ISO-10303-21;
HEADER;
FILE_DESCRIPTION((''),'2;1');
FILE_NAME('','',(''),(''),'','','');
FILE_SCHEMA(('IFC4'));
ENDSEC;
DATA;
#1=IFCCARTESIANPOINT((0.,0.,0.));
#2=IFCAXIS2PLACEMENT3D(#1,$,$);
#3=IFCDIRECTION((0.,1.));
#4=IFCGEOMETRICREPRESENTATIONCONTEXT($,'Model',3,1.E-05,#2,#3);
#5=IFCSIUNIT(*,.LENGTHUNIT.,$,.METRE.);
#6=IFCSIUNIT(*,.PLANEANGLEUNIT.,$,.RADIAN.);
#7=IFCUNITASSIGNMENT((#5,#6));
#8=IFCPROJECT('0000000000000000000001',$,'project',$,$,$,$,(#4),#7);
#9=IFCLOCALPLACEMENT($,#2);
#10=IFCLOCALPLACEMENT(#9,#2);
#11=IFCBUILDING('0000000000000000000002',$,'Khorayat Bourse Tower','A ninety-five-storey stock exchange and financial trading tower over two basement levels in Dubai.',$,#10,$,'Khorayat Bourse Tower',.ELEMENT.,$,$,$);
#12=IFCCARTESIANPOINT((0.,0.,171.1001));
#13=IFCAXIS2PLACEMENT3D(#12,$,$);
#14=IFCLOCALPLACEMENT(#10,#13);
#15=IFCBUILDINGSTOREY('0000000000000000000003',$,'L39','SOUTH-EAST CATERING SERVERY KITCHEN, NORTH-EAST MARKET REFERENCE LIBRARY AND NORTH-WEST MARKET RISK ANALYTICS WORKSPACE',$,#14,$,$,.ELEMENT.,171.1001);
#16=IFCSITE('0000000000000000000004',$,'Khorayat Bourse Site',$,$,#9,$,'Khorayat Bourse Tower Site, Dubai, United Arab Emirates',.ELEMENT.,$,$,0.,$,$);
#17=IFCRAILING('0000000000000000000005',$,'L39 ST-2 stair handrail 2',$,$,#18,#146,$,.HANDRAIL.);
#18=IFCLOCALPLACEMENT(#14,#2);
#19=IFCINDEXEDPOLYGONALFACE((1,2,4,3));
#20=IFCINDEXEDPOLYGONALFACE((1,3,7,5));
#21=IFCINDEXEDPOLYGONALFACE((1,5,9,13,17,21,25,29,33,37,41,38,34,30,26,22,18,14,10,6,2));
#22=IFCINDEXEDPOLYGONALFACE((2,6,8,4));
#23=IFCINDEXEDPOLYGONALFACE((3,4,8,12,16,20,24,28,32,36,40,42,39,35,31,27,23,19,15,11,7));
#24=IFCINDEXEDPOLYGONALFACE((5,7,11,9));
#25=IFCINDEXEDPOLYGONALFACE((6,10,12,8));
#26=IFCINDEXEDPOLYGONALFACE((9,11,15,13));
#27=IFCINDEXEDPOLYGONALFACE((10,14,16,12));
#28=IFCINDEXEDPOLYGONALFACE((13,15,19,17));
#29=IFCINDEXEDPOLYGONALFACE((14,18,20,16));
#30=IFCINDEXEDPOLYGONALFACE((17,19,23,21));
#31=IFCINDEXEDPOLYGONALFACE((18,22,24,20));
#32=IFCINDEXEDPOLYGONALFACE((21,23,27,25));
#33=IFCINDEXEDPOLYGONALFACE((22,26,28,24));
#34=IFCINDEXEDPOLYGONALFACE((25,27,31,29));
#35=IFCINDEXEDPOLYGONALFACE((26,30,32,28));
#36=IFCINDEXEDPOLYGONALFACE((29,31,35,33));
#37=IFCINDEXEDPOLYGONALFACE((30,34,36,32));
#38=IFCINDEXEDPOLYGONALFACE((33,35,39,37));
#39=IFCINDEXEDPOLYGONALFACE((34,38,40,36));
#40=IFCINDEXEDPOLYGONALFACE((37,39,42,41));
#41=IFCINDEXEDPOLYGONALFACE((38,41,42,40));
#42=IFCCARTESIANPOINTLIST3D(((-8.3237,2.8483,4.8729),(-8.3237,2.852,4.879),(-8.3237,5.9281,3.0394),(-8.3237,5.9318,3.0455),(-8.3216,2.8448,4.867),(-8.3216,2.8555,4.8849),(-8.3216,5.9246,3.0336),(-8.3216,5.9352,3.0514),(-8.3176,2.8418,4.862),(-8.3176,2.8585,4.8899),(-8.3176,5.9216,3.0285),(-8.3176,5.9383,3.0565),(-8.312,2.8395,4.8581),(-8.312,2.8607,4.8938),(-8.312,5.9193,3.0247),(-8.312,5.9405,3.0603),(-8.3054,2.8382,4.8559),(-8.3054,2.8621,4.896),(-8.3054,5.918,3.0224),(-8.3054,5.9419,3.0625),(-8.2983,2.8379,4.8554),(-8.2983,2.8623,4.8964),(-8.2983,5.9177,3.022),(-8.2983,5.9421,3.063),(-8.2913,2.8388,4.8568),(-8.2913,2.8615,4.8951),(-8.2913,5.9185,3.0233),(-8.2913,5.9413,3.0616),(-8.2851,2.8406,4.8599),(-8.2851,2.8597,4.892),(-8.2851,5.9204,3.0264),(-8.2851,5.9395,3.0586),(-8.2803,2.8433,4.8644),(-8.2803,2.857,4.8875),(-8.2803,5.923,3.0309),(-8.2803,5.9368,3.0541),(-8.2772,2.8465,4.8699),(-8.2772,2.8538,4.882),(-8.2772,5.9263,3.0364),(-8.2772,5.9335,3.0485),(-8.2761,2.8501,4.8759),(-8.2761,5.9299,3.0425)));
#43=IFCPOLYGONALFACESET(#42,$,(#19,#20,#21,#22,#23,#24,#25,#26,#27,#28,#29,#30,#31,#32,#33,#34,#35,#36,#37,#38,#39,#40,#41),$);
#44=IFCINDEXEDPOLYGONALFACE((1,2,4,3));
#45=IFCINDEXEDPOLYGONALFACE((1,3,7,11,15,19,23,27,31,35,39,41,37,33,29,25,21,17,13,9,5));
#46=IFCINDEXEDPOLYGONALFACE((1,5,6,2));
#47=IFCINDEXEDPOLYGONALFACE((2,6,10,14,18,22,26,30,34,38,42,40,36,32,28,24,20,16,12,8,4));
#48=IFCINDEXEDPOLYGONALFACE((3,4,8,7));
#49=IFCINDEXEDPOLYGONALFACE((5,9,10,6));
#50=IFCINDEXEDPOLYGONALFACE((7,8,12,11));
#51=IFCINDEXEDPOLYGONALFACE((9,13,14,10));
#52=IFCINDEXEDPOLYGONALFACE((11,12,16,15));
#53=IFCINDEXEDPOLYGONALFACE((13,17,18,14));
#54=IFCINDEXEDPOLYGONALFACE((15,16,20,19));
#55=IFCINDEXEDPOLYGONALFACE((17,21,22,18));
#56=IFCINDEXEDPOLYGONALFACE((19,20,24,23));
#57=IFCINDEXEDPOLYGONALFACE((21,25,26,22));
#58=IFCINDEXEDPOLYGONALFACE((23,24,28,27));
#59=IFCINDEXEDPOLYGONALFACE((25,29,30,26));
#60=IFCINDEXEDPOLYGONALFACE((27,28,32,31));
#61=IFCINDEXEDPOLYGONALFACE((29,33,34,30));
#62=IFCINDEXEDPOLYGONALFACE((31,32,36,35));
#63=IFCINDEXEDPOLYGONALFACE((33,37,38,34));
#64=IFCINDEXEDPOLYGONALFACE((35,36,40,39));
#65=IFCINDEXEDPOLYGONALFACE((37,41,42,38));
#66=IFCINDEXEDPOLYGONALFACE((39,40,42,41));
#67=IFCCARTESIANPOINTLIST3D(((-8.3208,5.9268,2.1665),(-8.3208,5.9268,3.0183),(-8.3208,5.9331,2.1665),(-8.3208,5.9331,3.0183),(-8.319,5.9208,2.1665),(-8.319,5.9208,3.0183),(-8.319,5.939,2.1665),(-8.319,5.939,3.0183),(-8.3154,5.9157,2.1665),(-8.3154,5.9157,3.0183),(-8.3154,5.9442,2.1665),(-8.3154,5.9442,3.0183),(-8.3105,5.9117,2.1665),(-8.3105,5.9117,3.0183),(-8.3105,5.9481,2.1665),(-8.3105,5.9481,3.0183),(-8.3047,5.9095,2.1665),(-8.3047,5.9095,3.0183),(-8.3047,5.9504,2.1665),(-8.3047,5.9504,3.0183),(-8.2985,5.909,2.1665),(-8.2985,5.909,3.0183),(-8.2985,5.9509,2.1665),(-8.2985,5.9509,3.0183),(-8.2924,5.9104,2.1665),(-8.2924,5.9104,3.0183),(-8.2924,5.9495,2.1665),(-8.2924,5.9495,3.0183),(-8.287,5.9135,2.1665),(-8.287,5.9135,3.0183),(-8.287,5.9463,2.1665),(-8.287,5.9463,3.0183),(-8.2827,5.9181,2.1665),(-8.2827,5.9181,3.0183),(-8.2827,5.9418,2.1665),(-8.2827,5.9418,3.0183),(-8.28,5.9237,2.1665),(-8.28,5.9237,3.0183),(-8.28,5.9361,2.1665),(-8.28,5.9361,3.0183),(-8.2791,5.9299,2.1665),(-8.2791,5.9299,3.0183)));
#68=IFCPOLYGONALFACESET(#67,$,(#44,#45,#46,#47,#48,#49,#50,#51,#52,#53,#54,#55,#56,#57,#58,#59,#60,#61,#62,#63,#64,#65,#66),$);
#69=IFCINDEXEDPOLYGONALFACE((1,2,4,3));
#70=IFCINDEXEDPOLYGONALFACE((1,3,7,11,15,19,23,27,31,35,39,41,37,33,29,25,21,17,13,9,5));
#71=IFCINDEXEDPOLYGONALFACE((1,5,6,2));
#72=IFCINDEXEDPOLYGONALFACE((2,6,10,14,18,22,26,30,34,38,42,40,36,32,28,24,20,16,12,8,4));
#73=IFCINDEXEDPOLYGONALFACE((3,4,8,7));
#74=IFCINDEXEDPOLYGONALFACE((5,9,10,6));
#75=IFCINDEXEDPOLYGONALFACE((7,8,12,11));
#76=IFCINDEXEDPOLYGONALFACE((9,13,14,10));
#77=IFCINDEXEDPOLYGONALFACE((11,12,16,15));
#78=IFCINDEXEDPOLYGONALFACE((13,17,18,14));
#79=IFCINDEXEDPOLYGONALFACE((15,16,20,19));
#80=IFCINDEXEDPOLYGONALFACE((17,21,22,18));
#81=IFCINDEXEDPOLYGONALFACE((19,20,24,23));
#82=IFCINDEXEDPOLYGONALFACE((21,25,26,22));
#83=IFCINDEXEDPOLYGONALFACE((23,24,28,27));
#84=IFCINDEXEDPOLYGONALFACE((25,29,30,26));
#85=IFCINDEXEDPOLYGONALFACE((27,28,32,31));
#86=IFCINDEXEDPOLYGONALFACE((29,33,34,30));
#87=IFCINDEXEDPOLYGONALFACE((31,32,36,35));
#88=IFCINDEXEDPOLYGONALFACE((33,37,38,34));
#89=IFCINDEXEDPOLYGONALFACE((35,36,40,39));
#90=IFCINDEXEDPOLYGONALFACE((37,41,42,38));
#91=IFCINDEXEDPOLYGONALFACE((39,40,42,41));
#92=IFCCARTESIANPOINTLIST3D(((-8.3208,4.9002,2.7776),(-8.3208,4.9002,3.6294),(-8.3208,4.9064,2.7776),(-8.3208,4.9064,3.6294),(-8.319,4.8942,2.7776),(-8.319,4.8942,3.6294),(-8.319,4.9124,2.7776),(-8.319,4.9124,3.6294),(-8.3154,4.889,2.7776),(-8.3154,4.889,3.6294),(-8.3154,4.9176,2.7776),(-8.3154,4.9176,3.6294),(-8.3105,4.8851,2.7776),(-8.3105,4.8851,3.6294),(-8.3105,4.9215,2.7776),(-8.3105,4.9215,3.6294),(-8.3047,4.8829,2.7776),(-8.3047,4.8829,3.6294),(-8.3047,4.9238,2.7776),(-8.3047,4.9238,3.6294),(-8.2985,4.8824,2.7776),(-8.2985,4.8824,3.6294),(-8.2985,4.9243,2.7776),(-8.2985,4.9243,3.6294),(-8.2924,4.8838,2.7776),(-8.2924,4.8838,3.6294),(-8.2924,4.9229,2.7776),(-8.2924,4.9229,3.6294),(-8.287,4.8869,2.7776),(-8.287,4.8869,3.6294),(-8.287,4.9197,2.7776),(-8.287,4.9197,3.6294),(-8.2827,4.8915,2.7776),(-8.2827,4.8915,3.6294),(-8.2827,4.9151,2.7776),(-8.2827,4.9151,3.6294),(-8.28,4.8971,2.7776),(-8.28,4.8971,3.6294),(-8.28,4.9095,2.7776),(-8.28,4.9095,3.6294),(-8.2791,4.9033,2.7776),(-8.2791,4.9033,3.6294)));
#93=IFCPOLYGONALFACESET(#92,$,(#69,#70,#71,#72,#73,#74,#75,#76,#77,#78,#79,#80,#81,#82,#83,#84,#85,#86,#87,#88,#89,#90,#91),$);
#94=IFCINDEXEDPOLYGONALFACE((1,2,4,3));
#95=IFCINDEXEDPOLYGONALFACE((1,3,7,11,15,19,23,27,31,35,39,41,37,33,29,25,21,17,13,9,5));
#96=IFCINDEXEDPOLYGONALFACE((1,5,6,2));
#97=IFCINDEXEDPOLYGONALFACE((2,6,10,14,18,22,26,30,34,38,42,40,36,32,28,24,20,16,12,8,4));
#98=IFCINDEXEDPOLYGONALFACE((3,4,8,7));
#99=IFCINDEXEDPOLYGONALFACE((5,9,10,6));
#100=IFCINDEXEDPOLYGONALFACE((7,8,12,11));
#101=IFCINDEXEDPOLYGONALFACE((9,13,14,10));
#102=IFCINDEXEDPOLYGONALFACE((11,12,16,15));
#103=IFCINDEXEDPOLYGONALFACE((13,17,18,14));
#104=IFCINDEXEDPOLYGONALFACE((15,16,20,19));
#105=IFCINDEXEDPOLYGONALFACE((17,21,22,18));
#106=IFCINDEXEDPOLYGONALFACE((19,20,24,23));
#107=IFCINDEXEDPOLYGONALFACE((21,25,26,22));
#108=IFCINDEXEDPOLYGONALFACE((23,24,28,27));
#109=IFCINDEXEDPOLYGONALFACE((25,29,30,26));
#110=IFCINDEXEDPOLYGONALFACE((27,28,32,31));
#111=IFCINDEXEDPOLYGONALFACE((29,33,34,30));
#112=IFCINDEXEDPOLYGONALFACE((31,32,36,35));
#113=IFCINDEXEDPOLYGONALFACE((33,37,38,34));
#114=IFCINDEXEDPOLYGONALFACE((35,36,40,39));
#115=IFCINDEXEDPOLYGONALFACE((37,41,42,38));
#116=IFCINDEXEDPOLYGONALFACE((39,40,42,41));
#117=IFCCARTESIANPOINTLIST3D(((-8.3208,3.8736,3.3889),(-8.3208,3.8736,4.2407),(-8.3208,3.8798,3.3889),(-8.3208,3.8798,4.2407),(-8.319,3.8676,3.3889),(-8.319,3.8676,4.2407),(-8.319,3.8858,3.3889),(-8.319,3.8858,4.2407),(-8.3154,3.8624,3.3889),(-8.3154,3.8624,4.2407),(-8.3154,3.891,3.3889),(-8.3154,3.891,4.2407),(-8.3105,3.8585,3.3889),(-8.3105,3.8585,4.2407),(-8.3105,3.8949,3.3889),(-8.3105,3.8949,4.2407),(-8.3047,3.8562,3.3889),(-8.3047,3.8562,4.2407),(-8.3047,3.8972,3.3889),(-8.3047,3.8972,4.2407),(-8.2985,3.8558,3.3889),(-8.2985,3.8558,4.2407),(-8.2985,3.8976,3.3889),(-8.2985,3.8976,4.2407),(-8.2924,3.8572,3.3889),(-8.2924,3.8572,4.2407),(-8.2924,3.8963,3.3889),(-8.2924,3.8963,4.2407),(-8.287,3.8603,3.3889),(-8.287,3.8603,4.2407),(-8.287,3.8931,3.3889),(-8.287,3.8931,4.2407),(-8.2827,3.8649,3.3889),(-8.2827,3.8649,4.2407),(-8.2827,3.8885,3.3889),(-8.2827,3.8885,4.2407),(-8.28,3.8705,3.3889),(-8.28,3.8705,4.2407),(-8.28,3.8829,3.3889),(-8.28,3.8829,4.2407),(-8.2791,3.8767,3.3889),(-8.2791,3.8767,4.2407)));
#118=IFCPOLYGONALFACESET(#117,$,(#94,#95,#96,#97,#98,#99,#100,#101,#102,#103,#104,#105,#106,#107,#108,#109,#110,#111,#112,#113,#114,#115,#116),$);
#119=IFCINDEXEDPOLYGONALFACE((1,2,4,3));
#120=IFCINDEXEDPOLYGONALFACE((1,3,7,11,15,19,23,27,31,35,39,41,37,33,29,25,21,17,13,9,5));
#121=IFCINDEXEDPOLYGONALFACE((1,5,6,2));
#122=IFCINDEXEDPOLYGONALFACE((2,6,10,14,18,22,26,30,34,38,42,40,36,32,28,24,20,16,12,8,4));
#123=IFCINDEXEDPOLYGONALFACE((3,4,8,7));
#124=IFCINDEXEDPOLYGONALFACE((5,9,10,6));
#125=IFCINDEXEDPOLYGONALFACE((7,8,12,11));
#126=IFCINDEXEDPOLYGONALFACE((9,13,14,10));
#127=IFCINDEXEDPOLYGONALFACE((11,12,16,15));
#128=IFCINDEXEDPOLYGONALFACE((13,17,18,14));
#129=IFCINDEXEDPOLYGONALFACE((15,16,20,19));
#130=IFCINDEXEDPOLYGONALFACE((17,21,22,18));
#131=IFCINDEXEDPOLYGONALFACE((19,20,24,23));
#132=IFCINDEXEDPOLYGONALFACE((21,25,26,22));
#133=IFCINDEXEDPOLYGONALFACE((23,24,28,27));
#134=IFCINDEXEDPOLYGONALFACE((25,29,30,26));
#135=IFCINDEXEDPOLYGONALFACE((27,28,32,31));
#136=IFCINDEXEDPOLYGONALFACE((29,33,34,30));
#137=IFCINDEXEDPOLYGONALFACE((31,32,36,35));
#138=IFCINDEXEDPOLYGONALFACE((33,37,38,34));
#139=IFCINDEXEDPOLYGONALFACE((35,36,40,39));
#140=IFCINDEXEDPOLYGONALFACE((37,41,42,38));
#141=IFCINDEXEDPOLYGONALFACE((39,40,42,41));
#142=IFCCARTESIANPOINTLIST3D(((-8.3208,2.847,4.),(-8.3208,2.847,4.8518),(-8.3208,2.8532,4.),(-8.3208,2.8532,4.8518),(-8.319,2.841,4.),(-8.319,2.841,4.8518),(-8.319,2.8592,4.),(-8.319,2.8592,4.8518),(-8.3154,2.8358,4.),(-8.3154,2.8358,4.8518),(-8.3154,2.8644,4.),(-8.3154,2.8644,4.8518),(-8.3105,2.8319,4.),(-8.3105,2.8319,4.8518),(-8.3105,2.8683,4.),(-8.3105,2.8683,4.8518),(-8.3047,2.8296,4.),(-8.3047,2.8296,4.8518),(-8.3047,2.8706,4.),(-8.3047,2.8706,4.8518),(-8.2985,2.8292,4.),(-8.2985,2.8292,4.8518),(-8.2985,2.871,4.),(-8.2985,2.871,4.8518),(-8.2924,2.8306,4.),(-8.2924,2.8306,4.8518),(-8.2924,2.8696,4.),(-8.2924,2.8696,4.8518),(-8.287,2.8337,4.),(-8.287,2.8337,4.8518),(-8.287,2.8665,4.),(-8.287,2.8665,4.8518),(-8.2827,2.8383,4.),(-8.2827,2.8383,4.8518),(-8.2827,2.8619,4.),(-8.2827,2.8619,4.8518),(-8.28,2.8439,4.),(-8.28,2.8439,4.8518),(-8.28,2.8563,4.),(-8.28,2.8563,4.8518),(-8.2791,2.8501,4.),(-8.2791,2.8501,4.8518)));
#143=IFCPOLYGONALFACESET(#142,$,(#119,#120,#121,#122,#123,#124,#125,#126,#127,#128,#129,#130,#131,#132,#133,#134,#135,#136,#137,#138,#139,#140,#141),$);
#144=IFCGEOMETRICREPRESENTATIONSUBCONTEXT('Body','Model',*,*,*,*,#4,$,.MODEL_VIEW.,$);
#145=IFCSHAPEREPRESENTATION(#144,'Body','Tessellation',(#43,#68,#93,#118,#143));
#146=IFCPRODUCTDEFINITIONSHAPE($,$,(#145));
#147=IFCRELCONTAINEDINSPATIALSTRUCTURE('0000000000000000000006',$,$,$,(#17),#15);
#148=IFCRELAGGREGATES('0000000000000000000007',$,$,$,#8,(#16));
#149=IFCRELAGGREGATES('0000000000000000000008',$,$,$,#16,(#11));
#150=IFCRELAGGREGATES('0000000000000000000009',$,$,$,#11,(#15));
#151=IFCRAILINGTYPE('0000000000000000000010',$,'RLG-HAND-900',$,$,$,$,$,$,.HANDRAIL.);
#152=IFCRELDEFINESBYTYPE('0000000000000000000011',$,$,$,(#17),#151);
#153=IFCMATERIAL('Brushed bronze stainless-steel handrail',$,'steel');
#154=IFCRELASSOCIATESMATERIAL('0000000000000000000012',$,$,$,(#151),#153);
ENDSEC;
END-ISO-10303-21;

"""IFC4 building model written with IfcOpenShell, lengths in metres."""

from ifc_helpers import new_model, si_unit, direction, frame, origin, origin_2d, place, context, subcontext, project, spatial, circle, extrude, source, transform, mapped, material, type_object, element, save


model = new_model("IFC4")

# Units and contexts
model_context = context("Model", 3, precision=1e-05, world=origin(), true_north=direction((0.0, 1.0)))
body_context = subcontext(model_context, "Body", "Model", "MODEL_VIEW")
ifc_project = project(units=[si_unit("LENGTHUNIT", "METRE"), si_unit("PLANEANGLEUNIT", "RADIAN")], contexts=[model_context])

# Site, building, storey
site_placement = place(None, origin())
site = spatial("IfcSite", under=ifc_project, at=site_placement, Name="Khorayat Bourse Site", LongName="Khorayat Bourse Tower Site, Dubai, United Arab Emirates", CompositionType="ELEMENT", RefElevation=0.0)
building_placement = place(site_placement, origin())
building = spatial("IfcBuilding", under=site, at=building_placement, Name="Khorayat Bourse Tower", Description="A ninety-five-storey stock exchange and financial trading tower over two basement levels in Dubai.", LongName="Khorayat Bourse Tower", CompositionType="ELEMENT")
storey_placement = place(building_placement, frame((0.0, 0.0, 171.1001)))
storey = spatial("IfcBuildingStorey", under=building, at=storey_placement, Name="L39", Description="SOUTH-EAST CATERING SERVERY KITCHEN, NORTH-EAST MARKET REFERENCE LIBRARY AND NORTH-WEST MARKET RISK ANALYTICS WORKSPACE", CompositionType="ELEMENT", Elevation=171.1001)

# Railing
ifc_material_1 = material(Name="Brushed bronze stainless-steel handrail", Category="steel")
railing_type_1 = type_object("IfcRailingType", Name="RLG-HAND-900", PredefinedType="HANDRAIL", material=ifc_material_1)
shared_shape_1 = source(origin(), body_context, "Body", "SweptSolid", [
    extrude(circle(Radius=0.0239, at=origin_2d()), frame((0.0, 0.0, 0.876), z_axis=(0.0, -0.859261, 0.511538), x_axis=(1.0, 0.0, 0.0)), (0.0, 0.0, 1.0), 3.5842),
    extrude(circle(Radius=0.021, at=origin_2d()), origin(), (0.0, 0.0, 1.0), 0.8518),
    extrude(circle(Radius=0.021, at=origin_2d()), frame((0.0, -1.0266, 0.6111)), (0.0, 0.0, 1.0), 0.8518),
    extrude(circle(Radius=0.021, at=origin_2d()), frame((0.0, -2.0532, 1.2224)), (0.0, 0.0, 1.0), 0.8518),
    extrude(circle(Radius=0.021, at=origin_2d()), frame((0.0, -3.0798, 1.8335)), (0.0, 0.0, 1.0), 0.8518),
])
railing_1_placement = place(storey_placement, frame((-8.3, 5.9299, 2.1665)))
element("IfcRailing", 1, at=railing_1_placement, inside=storey, type_object=railing_type_1, Name="L39 ST-2 stair handrail 2", PredefinedType="HANDRAIL", context=body_context, shape_type="MappedRepresentation", body=[
    mapped(shared_shape_1, transform((0.0, 0.0, 0.0), scale=1.0)),
])

save(model, "model.ifc")
